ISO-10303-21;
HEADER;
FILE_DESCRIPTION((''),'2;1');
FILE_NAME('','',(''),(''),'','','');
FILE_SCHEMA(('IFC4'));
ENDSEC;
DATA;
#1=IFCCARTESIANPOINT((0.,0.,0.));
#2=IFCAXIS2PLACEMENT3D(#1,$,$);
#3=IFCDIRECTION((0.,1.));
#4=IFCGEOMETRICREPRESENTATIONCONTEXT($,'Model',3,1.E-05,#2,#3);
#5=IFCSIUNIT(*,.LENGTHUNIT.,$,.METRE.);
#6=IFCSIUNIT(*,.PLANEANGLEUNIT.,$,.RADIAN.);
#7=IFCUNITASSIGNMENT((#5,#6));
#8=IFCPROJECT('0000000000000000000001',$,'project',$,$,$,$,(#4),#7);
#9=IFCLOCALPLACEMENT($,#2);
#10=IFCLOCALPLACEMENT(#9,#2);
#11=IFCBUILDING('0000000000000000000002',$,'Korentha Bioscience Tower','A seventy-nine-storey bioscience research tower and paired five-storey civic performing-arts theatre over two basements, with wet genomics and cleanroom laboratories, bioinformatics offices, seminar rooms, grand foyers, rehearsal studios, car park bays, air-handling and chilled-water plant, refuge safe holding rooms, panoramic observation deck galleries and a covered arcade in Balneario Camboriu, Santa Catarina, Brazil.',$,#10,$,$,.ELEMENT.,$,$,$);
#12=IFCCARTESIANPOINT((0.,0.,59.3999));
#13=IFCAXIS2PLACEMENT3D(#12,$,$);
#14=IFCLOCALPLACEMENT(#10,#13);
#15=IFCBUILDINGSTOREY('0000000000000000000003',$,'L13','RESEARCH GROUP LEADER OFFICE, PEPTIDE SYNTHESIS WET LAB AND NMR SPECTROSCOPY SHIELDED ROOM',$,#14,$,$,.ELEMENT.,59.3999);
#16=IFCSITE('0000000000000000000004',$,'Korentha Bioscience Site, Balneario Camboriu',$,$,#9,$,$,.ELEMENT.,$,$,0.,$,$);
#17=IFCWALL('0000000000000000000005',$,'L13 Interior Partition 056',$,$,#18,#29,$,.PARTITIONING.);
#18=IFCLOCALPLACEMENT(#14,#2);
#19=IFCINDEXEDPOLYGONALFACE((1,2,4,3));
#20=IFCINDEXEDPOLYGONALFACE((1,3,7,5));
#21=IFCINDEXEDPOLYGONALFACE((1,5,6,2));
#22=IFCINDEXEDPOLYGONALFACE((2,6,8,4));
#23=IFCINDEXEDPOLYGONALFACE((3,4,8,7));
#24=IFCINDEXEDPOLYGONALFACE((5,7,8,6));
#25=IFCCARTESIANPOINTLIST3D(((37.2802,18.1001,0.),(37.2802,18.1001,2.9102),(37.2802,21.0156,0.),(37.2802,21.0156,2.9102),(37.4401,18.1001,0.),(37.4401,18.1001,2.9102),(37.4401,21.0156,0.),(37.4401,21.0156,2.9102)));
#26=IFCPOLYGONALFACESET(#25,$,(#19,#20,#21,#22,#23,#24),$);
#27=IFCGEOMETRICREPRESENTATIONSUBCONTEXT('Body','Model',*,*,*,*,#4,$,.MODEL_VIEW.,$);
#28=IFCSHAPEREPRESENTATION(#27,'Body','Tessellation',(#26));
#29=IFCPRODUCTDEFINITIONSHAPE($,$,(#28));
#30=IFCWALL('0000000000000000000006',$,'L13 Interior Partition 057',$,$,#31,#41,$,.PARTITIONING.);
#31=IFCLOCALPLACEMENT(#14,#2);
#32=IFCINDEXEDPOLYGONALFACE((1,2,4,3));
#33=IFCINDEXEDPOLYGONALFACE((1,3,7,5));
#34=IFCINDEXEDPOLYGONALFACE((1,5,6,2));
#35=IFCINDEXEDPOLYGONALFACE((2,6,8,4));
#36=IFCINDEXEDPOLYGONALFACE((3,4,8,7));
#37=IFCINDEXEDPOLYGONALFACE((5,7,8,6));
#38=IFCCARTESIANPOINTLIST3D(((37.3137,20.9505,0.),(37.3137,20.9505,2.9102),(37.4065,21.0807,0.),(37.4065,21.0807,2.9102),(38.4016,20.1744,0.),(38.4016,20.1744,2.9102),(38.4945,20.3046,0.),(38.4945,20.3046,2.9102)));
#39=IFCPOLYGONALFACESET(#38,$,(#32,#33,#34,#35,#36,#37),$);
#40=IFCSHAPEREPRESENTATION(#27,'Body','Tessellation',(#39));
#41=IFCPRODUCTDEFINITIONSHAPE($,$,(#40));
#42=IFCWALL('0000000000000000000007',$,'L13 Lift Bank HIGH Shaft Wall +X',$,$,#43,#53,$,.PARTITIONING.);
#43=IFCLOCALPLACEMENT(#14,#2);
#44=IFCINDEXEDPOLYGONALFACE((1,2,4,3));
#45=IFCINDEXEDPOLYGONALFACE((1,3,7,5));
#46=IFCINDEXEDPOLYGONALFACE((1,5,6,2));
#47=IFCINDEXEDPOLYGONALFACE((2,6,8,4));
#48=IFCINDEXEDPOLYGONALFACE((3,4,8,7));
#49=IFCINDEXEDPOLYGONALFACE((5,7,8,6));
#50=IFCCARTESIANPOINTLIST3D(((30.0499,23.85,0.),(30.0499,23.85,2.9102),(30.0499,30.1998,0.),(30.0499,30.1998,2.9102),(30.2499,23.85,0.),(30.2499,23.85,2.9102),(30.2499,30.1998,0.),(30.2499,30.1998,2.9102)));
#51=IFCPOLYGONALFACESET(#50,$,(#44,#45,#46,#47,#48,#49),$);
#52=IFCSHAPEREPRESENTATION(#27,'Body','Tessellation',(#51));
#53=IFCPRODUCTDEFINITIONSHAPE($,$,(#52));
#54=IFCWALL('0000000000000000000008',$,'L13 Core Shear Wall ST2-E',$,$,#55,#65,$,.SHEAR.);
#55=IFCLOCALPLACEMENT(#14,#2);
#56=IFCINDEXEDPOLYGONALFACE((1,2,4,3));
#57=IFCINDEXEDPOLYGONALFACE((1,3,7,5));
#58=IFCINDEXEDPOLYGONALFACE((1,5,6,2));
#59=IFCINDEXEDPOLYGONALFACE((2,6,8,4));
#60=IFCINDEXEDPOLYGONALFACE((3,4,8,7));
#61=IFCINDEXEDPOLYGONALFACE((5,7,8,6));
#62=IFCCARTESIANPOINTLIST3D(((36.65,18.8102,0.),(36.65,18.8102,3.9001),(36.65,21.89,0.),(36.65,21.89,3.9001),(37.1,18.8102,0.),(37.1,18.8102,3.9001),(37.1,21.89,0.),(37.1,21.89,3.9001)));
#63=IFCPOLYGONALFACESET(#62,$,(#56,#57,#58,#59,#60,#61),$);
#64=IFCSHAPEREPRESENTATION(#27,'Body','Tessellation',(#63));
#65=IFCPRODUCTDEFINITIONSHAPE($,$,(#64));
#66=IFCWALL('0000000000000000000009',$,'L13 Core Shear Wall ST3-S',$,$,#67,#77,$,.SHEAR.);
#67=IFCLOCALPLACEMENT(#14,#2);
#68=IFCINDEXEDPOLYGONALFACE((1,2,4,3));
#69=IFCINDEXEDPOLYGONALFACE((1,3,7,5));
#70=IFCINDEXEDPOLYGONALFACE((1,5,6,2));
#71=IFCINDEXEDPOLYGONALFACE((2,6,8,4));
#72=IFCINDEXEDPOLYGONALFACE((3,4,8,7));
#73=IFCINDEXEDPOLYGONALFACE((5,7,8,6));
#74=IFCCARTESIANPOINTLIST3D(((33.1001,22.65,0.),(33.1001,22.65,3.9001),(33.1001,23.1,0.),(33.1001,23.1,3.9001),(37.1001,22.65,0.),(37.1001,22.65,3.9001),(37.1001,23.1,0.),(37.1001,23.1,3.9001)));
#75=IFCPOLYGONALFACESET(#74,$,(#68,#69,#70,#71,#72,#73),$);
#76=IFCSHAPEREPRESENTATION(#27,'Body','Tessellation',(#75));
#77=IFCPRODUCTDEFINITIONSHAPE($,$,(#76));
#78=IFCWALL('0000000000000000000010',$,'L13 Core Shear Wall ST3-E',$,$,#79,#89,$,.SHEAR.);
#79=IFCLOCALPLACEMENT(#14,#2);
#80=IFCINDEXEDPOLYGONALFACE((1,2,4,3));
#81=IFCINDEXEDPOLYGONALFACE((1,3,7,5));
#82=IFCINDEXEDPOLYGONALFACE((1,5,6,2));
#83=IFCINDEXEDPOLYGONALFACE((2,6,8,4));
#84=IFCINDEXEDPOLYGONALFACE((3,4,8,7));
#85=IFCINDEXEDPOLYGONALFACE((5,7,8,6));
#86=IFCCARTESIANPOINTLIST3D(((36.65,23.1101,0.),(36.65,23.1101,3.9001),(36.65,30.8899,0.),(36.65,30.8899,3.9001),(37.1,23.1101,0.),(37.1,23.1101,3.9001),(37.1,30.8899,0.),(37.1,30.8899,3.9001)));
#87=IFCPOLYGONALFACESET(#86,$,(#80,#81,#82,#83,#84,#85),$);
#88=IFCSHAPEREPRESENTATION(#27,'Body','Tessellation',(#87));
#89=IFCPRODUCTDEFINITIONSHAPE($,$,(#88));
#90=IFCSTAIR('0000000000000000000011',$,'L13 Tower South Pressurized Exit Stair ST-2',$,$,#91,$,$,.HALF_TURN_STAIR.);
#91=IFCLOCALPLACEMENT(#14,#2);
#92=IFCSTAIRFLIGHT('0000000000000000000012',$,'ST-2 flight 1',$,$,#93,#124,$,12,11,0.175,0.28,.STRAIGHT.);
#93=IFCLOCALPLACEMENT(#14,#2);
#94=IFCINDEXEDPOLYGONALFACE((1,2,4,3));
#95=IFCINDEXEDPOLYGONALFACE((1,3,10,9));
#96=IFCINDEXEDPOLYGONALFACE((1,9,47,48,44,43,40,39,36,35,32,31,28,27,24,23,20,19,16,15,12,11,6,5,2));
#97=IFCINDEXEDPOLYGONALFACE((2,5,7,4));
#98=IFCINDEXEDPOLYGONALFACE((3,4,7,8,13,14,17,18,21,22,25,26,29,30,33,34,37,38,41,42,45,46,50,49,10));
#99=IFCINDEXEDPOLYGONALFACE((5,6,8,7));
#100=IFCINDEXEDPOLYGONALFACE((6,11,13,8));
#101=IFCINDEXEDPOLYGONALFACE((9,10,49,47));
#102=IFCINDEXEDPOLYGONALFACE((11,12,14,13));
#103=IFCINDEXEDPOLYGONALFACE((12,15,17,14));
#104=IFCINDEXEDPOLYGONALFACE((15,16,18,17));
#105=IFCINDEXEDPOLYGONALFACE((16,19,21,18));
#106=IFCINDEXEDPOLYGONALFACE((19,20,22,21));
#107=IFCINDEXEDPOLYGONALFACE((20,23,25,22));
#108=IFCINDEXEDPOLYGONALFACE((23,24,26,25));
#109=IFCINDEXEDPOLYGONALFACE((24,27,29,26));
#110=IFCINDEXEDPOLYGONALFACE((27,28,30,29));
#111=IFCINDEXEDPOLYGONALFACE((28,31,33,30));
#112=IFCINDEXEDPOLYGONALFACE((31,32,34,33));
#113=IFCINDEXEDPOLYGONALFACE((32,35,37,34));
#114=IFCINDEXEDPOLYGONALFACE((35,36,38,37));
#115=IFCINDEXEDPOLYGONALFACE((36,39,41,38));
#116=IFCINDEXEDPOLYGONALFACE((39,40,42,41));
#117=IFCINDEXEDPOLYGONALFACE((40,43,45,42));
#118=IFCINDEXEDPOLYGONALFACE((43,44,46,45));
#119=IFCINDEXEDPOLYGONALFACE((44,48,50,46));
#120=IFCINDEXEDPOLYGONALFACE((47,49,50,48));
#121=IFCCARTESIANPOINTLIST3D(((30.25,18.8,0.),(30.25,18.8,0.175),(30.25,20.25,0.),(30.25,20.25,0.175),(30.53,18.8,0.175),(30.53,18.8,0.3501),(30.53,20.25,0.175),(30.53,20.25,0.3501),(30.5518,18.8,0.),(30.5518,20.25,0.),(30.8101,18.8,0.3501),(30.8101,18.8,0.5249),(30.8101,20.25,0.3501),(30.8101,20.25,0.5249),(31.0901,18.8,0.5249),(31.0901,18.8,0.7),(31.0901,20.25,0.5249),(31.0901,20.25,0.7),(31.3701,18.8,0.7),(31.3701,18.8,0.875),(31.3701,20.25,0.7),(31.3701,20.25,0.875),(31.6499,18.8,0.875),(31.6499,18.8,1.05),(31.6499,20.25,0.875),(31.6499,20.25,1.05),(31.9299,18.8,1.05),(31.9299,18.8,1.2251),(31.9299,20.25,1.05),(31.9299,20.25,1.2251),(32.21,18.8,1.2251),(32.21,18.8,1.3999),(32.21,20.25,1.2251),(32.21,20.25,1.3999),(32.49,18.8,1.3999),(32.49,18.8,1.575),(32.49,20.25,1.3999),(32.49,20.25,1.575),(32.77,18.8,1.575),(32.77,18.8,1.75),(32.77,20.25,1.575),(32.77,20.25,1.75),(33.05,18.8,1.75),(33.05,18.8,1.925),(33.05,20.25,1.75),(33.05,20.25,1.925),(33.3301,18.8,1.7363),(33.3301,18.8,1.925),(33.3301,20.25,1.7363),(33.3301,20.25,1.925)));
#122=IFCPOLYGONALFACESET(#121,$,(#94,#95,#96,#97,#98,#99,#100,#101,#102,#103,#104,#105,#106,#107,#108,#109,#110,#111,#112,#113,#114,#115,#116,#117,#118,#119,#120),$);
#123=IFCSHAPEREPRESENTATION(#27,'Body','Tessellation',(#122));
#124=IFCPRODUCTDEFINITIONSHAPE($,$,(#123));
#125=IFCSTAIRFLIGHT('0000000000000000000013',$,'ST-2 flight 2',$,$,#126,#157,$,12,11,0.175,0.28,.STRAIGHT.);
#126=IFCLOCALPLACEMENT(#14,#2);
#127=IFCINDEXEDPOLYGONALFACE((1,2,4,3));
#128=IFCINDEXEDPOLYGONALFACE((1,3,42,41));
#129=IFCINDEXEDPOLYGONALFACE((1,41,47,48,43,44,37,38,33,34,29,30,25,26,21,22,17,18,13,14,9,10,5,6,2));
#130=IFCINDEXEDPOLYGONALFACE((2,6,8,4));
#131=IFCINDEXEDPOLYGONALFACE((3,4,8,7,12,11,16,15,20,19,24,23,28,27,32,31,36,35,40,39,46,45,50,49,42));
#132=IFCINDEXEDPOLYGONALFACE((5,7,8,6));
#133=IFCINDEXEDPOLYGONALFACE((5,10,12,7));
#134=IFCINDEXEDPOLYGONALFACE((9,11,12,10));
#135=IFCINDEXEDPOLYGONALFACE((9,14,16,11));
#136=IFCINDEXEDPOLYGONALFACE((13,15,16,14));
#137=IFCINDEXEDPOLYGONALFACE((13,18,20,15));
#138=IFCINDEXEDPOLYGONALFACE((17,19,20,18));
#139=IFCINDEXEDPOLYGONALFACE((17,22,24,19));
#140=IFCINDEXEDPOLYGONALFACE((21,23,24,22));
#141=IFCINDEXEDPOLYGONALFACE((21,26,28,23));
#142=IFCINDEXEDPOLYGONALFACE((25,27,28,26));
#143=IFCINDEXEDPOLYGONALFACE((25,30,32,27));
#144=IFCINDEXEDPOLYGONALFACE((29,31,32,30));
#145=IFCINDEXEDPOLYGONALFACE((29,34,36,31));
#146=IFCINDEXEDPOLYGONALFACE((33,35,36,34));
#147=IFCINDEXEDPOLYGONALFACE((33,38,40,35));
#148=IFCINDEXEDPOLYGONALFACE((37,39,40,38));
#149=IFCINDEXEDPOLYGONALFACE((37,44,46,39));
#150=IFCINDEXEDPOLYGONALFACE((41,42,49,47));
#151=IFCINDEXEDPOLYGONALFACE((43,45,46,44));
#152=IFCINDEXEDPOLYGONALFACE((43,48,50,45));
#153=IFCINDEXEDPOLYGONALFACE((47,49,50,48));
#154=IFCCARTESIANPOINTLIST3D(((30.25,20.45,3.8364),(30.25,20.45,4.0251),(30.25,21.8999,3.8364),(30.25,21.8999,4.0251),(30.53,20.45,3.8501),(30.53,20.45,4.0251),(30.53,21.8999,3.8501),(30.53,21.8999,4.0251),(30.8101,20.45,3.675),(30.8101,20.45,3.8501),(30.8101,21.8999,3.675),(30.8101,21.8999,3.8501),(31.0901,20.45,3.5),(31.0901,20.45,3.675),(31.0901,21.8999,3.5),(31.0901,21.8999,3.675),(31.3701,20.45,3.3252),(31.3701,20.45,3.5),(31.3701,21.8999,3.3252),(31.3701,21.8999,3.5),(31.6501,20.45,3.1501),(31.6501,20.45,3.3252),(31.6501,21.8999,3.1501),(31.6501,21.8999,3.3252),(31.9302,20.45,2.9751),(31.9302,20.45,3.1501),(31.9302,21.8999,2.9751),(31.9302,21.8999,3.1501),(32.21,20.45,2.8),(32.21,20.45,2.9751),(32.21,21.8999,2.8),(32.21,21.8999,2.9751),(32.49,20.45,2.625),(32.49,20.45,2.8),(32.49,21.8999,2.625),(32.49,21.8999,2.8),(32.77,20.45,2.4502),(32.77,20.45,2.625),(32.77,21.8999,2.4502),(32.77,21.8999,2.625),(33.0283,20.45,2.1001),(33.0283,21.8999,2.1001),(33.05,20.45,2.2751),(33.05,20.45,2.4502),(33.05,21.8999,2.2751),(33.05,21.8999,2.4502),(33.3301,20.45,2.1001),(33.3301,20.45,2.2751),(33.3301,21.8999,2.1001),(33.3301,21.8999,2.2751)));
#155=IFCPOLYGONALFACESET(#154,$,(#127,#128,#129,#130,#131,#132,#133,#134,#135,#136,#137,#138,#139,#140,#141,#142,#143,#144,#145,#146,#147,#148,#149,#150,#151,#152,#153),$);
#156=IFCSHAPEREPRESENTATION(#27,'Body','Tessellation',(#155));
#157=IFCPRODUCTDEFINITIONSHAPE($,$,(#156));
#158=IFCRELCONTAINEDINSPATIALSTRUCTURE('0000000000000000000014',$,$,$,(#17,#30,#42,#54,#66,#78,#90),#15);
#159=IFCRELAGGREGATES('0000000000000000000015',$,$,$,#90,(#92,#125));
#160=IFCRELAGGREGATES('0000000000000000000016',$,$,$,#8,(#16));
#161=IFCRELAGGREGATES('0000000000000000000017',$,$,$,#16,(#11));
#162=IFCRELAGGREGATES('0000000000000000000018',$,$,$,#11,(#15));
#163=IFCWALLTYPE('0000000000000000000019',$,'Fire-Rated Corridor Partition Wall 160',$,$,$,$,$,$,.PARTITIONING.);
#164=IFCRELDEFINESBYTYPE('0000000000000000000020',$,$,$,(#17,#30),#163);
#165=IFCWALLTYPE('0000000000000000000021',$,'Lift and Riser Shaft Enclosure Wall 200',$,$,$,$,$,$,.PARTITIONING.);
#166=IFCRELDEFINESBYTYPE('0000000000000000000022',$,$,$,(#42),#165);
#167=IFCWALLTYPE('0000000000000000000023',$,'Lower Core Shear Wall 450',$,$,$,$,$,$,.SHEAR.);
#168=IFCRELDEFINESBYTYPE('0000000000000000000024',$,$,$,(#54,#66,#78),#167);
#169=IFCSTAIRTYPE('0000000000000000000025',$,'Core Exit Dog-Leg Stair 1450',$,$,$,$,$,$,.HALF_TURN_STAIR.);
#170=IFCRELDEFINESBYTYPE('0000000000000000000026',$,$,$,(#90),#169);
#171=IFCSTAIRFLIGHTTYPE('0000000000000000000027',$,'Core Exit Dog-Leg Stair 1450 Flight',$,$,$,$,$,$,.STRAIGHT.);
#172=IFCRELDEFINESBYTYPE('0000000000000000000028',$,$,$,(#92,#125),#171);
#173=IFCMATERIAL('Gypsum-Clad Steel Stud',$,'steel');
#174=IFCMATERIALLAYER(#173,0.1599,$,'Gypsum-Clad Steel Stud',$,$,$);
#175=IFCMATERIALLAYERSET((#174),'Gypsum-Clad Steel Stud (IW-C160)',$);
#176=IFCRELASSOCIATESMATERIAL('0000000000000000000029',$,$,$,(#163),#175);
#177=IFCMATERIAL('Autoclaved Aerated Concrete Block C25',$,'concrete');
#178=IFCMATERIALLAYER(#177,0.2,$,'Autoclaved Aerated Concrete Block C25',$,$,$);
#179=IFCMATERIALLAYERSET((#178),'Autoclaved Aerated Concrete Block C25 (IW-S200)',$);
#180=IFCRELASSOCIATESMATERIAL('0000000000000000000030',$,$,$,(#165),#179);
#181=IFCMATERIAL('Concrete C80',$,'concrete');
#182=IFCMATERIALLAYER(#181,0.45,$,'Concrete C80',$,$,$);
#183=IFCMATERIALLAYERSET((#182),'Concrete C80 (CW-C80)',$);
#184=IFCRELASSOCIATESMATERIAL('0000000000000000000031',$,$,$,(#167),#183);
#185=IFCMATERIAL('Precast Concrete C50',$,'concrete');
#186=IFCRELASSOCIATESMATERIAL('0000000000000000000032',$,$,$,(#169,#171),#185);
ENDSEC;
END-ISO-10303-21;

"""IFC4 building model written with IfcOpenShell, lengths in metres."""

from ifc_helpers import new_model, si_unit, direction, frame, frame_2d, origin, place, context, subcontext, project, spatial, polyline, rectangle, outline, extrude, material, layer, layer_set, type_object, element, aggregate, save


model = new_model("IFC4")

# Units and contexts
model_context = context("Model", 3, precision=1e-05, world=origin(), true_north=direction((0.0, 1.0)))
body_context = subcontext(model_context, "Body", "Model", "MODEL_VIEW")
ifc_project = project(units=[si_unit("LENGTHUNIT", "METRE"), si_unit("PLANEANGLEUNIT", "RADIAN")], contexts=[model_context])

# Site, building, storey
site_placement = place(None, origin())
site = spatial("IfcSite", under=ifc_project, at=site_placement, Name="Korentha Bioscience Site, Balneario Camboriu", CompositionType="ELEMENT", RefElevation=0.0)
building_placement = place(site_placement, origin())
building = spatial("IfcBuilding", under=site, at=building_placement, Name="Korentha Bioscience Tower", Description="A seventy-nine-storey bioscience research tower and paired five-storey civic performing-arts theatre over two basements, with wet genomics and cleanroom laboratories, bioinformatics offices, seminar rooms, grand foyers, rehearsal studios, car park bays, air-handling and chilled-water plant, refuge safe holding rooms, panoramic observation deck galleries and a covered arcade in Balneario Camboriu, Santa Catarina, Brazil.", CompositionType="ELEMENT")
storey_placement = place(building_placement, frame((0.0, 0.0, 59.3999)))
storey = spatial("IfcBuildingStorey", under=building, at=storey_placement, Name="L13", Description="RESEARCH GROUP LEADER OFFICE, PEPTIDE SYNTHESIS WET LAB AND NMR SPECTROSCOPY SHIELDED ROOM", CompositionType="ELEMENT", Elevation=59.3999)

# Walls
ifc_material_1 = material(Name="Gypsum-Clad Steel Stud", Category="steel")
ifc_layer_1 = layer(ifc_material_1, 0.1599, Name="Gypsum-Clad Steel Stud")
ifc_layer_set_1 = layer_set([ifc_layer_1], Name="Gypsum-Clad Steel Stud (IW-C160)")
wall_type_1 = type_object("IfcWallType", Name="Fire-Rated Corridor Partition Wall 160", PredefinedType="PARTITIONING", material=ifc_layer_set_1)
wall_1_placement = place(storey_placement, frame((37.3601, 18.1001, 0.0), z_axis=(0.0, 0.0, 1.0), x_axis=(0.0, 1.0, 0.0)))
element("IfcWall", 1, at=wall_1_placement, inside=storey, type_object=wall_type_1, Name="L13 Interior Partition 056", PredefinedType="PARTITIONING", context=body_context, shape_type="SweptSolid", body=[
    extrude(rectangle(XDim=2.9155, YDim=0.1599, at=frame_2d((1.4578, 0.0))), origin(), (0.0, 0.0, 1.0), 2.9102),
])
wall_2_placement = place(storey_placement, frame((37.3601, 21.0156, 0.0), z_axis=(0.0, 0.0, 1.0), x_axis=(0.814067, -0.580771, 0.0)))
element("IfcWall", 2, at=wall_2_placement, inside=storey, type_object=wall_type_1, Name="L13 Interior Partition 057", PredefinedType="PARTITIONING", context=body_context, shape_type="SweptSolid", body=[
    extrude(rectangle(XDim=1.3364, YDim=0.1599, at=frame_2d((0.6682, 0.0))), origin(), (0.0, 0.0, 1.0), 2.9102),
])
ifc_material_2 = material(Name="Autoclaved Aerated Concrete Block C25", Category="concrete")
ifc_layer_2 = layer(ifc_material_2, 0.2, Name="Autoclaved Aerated Concrete Block C25")
ifc_layer_set_2 = layer_set([ifc_layer_2], Name="Autoclaved Aerated Concrete Block C25 (IW-S200)")
wall_type_2 = type_object("IfcWallType", Name="Lift and Riser Shaft Enclosure Wall 200", PredefinedType="PARTITIONING", material=ifc_layer_set_2)
wall_3_placement = place(storey_placement, frame((30.1499, 23.8501, 0.0), z_axis=(0.0, 0.0, 1.0), x_axis=(0.0, 1.0, 0.0)))
element("IfcWall", 3, at=wall_3_placement, inside=storey, type_object=wall_type_2, Name="L13 Lift Bank HIGH Shaft Wall +X", PredefinedType="PARTITIONING", context=body_context, shape_type="SweptSolid", body=[
    extrude(rectangle(XDim=6.3499, YDim=0.2, at=frame_2d((3.1748, 0.0))), origin(), (0.0, 0.0, 1.0), 2.9102),
])
ifc_material_3 = material(Name="Concrete C80", Category="concrete")
ifc_layer_3 = layer(ifc_material_3, 0.45, Name="Concrete C80")
ifc_layer_set_3 = layer_set([ifc_layer_3], Name="Concrete C80 (CW-C80)")
wall_type_3 = type_object("IfcWallType", Name="Lower Core Shear Wall 450", PredefinedType="SHEAR", material=ifc_layer_set_3)
wall_4_placement = place(storey_placement, frame((36.875, 18.8101, 0.0), z_axis=(0.0, 0.0, 1.0), x_axis=(0.0, 1.0, 0.0)))
element("IfcWall", 4, at=wall_4_placement, inside=storey, type_object=wall_type_3, Name="L13 Core Shear Wall ST2-E", PredefinedType="SHEAR", context=body_context, shape_type="SweptSolid", body=[
    extrude(rectangle(XDim=3.0798, YDim=0.45, at=frame_2d((1.54, 0.0))), origin(), (0.0, 0.0, 1.0), 3.9001),
])
wall_5_placement = place(storey_placement, frame((33.1001, 22.875, 0.0), z_axis=(0.0, 0.0, 1.0), x_axis=(1.0, 0.0, 0.0)))
element("IfcWall", 5, at=wall_5_placement, inside=storey, type_object=wall_type_3, Name="L13 Core Shear Wall ST3-S", PredefinedType="SHEAR", context=body_context, shape_type="SweptSolid", body=[
    extrude(rectangle(XDim=4.0, YDim=0.45, at=frame_2d((2.0, 0.0))), origin(), (0.0, 0.0, 1.0), 3.9001),
])
wall_6_placement = place(storey_placement, frame((36.875, 23.1101, 0.0), z_axis=(0.0, 0.0, 1.0), x_axis=(0.0, 1.0, 0.0)))
element("IfcWall", 6, at=wall_6_placement, inside=storey, type_object=wall_type_3, Name="L13 Core Shear Wall ST3-E", PredefinedType="SHEAR", context=body_context, shape_type="SweptSolid", body=[
    extrude(rectangle(XDim=7.7798, YDim=0.45, at=frame_2d((3.8899, 0.0))), origin(), (0.0, 0.0, 1.0), 3.9001),
])

# Stair, stair flights
ifc_material_4 = material(Name="Precast Concrete C50", Category="concrete")
stair_type = type_object("IfcStairType", Name="Core Exit Dog-Leg Stair 1450", PredefinedType="HALF_TURN_STAIR", material=ifc_material_4)
stair_1_placement = place(storey_placement, origin())
stair_1 = element("IfcStair", 7, at=stair_1_placement, inside=storey, type_object=stair_type, Name="L13 Tower South Pressurized Exit Stair ST-2", PredefinedType="HALF_TURN_STAIR")
stair_flight_type = type_object("IfcStairFlightType", Name="Core Exit Dog-Leg Stair 1450 Flight", PredefinedType="STRAIGHT", material=ifc_material_4)
stair_flight_1_placement = place(storey_placement, frame((30.25, 19.5249, 0.0), z_axis=(0.0, 0.0, 1.0), x_axis=(1.0, 0.0, 0.0)))
stair_flight_1 = element("IfcStairFlight", 8, at=stair_flight_1_placement, type_object=stair_flight_type, Name="ST-2 flight 1", NumberOfRisers=12, NumberOfTreads=11, PredefinedType="STRAIGHT", RiserHeight=0.175, TreadLength=0.28, context=body_context, shape_type="SweptSolid", body=[
    extrude(outline(polyline([(0.0, 0.0), (0.0, 0.175), (0.28, 0.175), (0.28, 0.3501), (0.5601, 0.3501), (0.5601, 0.5249), (0.8401, 0.5249), (0.8401, 0.7), (1.1201, 0.7), (1.1201, 0.875), (1.3999, 0.875), (1.3999, 1.05), (1.6799, 1.05), (1.6799, 1.2251), (1.96, 1.2251), (1.96, 1.3999), (2.24, 1.3999), (2.24, 1.575), (2.52, 1.575), (2.52, 1.75), (2.8, 1.75), (2.8, 1.925), (3.0801, 1.925), (3.0801, 2.1001), (3.0801, 1.7363), (0.3018, 0.0), (0.0, 0.0)])), frame((0.0, 0.7251, 0.0), z_axis=(0.0, -1.0, 0.0), x_axis=(1.0, 0.0, 0.0)), (0.0, 0.0, 1.0), 1.45),
])
stair_flight_2_placement = place(storey_placement, frame((33.3301, 21.175, 2.1001), z_axis=(0.0, 0.0, 1.0), x_axis=(-1.0, 0.0, 0.0)))
stair_flight_2 = element("IfcStairFlight", 9, at=stair_flight_2_placement, type_object=stair_flight_type, Name="ST-2 flight 2", NumberOfRisers=12, NumberOfTreads=11, PredefinedType="STRAIGHT", RiserHeight=0.175, TreadLength=0.28, context=body_context, shape_type="SweptSolid", body=[
    extrude(outline(polyline([(0.0, 0.0), (0.0, 0.175), (0.28, 0.175), (0.28, 0.3501), (0.5601, 0.3501), (0.5601, 0.5249), (0.8401, 0.5249), (0.8401, 0.7), (1.1201, 0.7), (1.1201, 0.875), (1.3999, 0.875), (1.3999, 1.05), (1.6799, 1.05), (1.6799, 1.2251), (1.96, 1.2251), (1.96, 1.3999), (2.24, 1.3999), (2.24, 1.575), (2.52, 1.575), (2.52, 1.75), (2.8, 1.75), (2.8, 1.925), (3.0801, 1.925), (3.0801, 2.1001), (3.0801, 1.7363), (0.3018, 0.0), (0.0, 0.0)])), frame((0.0, 0.7251, 0.0), z_axis=(0.0, -1.0, 0.0), x_axis=(1.0, 0.0, 0.0)), (0.0, 0.0, 1.0), 1.45),
])
aggregate(stair_1, [stair_flight_1, stair_flight_2])

save(model, "model.ifc")
